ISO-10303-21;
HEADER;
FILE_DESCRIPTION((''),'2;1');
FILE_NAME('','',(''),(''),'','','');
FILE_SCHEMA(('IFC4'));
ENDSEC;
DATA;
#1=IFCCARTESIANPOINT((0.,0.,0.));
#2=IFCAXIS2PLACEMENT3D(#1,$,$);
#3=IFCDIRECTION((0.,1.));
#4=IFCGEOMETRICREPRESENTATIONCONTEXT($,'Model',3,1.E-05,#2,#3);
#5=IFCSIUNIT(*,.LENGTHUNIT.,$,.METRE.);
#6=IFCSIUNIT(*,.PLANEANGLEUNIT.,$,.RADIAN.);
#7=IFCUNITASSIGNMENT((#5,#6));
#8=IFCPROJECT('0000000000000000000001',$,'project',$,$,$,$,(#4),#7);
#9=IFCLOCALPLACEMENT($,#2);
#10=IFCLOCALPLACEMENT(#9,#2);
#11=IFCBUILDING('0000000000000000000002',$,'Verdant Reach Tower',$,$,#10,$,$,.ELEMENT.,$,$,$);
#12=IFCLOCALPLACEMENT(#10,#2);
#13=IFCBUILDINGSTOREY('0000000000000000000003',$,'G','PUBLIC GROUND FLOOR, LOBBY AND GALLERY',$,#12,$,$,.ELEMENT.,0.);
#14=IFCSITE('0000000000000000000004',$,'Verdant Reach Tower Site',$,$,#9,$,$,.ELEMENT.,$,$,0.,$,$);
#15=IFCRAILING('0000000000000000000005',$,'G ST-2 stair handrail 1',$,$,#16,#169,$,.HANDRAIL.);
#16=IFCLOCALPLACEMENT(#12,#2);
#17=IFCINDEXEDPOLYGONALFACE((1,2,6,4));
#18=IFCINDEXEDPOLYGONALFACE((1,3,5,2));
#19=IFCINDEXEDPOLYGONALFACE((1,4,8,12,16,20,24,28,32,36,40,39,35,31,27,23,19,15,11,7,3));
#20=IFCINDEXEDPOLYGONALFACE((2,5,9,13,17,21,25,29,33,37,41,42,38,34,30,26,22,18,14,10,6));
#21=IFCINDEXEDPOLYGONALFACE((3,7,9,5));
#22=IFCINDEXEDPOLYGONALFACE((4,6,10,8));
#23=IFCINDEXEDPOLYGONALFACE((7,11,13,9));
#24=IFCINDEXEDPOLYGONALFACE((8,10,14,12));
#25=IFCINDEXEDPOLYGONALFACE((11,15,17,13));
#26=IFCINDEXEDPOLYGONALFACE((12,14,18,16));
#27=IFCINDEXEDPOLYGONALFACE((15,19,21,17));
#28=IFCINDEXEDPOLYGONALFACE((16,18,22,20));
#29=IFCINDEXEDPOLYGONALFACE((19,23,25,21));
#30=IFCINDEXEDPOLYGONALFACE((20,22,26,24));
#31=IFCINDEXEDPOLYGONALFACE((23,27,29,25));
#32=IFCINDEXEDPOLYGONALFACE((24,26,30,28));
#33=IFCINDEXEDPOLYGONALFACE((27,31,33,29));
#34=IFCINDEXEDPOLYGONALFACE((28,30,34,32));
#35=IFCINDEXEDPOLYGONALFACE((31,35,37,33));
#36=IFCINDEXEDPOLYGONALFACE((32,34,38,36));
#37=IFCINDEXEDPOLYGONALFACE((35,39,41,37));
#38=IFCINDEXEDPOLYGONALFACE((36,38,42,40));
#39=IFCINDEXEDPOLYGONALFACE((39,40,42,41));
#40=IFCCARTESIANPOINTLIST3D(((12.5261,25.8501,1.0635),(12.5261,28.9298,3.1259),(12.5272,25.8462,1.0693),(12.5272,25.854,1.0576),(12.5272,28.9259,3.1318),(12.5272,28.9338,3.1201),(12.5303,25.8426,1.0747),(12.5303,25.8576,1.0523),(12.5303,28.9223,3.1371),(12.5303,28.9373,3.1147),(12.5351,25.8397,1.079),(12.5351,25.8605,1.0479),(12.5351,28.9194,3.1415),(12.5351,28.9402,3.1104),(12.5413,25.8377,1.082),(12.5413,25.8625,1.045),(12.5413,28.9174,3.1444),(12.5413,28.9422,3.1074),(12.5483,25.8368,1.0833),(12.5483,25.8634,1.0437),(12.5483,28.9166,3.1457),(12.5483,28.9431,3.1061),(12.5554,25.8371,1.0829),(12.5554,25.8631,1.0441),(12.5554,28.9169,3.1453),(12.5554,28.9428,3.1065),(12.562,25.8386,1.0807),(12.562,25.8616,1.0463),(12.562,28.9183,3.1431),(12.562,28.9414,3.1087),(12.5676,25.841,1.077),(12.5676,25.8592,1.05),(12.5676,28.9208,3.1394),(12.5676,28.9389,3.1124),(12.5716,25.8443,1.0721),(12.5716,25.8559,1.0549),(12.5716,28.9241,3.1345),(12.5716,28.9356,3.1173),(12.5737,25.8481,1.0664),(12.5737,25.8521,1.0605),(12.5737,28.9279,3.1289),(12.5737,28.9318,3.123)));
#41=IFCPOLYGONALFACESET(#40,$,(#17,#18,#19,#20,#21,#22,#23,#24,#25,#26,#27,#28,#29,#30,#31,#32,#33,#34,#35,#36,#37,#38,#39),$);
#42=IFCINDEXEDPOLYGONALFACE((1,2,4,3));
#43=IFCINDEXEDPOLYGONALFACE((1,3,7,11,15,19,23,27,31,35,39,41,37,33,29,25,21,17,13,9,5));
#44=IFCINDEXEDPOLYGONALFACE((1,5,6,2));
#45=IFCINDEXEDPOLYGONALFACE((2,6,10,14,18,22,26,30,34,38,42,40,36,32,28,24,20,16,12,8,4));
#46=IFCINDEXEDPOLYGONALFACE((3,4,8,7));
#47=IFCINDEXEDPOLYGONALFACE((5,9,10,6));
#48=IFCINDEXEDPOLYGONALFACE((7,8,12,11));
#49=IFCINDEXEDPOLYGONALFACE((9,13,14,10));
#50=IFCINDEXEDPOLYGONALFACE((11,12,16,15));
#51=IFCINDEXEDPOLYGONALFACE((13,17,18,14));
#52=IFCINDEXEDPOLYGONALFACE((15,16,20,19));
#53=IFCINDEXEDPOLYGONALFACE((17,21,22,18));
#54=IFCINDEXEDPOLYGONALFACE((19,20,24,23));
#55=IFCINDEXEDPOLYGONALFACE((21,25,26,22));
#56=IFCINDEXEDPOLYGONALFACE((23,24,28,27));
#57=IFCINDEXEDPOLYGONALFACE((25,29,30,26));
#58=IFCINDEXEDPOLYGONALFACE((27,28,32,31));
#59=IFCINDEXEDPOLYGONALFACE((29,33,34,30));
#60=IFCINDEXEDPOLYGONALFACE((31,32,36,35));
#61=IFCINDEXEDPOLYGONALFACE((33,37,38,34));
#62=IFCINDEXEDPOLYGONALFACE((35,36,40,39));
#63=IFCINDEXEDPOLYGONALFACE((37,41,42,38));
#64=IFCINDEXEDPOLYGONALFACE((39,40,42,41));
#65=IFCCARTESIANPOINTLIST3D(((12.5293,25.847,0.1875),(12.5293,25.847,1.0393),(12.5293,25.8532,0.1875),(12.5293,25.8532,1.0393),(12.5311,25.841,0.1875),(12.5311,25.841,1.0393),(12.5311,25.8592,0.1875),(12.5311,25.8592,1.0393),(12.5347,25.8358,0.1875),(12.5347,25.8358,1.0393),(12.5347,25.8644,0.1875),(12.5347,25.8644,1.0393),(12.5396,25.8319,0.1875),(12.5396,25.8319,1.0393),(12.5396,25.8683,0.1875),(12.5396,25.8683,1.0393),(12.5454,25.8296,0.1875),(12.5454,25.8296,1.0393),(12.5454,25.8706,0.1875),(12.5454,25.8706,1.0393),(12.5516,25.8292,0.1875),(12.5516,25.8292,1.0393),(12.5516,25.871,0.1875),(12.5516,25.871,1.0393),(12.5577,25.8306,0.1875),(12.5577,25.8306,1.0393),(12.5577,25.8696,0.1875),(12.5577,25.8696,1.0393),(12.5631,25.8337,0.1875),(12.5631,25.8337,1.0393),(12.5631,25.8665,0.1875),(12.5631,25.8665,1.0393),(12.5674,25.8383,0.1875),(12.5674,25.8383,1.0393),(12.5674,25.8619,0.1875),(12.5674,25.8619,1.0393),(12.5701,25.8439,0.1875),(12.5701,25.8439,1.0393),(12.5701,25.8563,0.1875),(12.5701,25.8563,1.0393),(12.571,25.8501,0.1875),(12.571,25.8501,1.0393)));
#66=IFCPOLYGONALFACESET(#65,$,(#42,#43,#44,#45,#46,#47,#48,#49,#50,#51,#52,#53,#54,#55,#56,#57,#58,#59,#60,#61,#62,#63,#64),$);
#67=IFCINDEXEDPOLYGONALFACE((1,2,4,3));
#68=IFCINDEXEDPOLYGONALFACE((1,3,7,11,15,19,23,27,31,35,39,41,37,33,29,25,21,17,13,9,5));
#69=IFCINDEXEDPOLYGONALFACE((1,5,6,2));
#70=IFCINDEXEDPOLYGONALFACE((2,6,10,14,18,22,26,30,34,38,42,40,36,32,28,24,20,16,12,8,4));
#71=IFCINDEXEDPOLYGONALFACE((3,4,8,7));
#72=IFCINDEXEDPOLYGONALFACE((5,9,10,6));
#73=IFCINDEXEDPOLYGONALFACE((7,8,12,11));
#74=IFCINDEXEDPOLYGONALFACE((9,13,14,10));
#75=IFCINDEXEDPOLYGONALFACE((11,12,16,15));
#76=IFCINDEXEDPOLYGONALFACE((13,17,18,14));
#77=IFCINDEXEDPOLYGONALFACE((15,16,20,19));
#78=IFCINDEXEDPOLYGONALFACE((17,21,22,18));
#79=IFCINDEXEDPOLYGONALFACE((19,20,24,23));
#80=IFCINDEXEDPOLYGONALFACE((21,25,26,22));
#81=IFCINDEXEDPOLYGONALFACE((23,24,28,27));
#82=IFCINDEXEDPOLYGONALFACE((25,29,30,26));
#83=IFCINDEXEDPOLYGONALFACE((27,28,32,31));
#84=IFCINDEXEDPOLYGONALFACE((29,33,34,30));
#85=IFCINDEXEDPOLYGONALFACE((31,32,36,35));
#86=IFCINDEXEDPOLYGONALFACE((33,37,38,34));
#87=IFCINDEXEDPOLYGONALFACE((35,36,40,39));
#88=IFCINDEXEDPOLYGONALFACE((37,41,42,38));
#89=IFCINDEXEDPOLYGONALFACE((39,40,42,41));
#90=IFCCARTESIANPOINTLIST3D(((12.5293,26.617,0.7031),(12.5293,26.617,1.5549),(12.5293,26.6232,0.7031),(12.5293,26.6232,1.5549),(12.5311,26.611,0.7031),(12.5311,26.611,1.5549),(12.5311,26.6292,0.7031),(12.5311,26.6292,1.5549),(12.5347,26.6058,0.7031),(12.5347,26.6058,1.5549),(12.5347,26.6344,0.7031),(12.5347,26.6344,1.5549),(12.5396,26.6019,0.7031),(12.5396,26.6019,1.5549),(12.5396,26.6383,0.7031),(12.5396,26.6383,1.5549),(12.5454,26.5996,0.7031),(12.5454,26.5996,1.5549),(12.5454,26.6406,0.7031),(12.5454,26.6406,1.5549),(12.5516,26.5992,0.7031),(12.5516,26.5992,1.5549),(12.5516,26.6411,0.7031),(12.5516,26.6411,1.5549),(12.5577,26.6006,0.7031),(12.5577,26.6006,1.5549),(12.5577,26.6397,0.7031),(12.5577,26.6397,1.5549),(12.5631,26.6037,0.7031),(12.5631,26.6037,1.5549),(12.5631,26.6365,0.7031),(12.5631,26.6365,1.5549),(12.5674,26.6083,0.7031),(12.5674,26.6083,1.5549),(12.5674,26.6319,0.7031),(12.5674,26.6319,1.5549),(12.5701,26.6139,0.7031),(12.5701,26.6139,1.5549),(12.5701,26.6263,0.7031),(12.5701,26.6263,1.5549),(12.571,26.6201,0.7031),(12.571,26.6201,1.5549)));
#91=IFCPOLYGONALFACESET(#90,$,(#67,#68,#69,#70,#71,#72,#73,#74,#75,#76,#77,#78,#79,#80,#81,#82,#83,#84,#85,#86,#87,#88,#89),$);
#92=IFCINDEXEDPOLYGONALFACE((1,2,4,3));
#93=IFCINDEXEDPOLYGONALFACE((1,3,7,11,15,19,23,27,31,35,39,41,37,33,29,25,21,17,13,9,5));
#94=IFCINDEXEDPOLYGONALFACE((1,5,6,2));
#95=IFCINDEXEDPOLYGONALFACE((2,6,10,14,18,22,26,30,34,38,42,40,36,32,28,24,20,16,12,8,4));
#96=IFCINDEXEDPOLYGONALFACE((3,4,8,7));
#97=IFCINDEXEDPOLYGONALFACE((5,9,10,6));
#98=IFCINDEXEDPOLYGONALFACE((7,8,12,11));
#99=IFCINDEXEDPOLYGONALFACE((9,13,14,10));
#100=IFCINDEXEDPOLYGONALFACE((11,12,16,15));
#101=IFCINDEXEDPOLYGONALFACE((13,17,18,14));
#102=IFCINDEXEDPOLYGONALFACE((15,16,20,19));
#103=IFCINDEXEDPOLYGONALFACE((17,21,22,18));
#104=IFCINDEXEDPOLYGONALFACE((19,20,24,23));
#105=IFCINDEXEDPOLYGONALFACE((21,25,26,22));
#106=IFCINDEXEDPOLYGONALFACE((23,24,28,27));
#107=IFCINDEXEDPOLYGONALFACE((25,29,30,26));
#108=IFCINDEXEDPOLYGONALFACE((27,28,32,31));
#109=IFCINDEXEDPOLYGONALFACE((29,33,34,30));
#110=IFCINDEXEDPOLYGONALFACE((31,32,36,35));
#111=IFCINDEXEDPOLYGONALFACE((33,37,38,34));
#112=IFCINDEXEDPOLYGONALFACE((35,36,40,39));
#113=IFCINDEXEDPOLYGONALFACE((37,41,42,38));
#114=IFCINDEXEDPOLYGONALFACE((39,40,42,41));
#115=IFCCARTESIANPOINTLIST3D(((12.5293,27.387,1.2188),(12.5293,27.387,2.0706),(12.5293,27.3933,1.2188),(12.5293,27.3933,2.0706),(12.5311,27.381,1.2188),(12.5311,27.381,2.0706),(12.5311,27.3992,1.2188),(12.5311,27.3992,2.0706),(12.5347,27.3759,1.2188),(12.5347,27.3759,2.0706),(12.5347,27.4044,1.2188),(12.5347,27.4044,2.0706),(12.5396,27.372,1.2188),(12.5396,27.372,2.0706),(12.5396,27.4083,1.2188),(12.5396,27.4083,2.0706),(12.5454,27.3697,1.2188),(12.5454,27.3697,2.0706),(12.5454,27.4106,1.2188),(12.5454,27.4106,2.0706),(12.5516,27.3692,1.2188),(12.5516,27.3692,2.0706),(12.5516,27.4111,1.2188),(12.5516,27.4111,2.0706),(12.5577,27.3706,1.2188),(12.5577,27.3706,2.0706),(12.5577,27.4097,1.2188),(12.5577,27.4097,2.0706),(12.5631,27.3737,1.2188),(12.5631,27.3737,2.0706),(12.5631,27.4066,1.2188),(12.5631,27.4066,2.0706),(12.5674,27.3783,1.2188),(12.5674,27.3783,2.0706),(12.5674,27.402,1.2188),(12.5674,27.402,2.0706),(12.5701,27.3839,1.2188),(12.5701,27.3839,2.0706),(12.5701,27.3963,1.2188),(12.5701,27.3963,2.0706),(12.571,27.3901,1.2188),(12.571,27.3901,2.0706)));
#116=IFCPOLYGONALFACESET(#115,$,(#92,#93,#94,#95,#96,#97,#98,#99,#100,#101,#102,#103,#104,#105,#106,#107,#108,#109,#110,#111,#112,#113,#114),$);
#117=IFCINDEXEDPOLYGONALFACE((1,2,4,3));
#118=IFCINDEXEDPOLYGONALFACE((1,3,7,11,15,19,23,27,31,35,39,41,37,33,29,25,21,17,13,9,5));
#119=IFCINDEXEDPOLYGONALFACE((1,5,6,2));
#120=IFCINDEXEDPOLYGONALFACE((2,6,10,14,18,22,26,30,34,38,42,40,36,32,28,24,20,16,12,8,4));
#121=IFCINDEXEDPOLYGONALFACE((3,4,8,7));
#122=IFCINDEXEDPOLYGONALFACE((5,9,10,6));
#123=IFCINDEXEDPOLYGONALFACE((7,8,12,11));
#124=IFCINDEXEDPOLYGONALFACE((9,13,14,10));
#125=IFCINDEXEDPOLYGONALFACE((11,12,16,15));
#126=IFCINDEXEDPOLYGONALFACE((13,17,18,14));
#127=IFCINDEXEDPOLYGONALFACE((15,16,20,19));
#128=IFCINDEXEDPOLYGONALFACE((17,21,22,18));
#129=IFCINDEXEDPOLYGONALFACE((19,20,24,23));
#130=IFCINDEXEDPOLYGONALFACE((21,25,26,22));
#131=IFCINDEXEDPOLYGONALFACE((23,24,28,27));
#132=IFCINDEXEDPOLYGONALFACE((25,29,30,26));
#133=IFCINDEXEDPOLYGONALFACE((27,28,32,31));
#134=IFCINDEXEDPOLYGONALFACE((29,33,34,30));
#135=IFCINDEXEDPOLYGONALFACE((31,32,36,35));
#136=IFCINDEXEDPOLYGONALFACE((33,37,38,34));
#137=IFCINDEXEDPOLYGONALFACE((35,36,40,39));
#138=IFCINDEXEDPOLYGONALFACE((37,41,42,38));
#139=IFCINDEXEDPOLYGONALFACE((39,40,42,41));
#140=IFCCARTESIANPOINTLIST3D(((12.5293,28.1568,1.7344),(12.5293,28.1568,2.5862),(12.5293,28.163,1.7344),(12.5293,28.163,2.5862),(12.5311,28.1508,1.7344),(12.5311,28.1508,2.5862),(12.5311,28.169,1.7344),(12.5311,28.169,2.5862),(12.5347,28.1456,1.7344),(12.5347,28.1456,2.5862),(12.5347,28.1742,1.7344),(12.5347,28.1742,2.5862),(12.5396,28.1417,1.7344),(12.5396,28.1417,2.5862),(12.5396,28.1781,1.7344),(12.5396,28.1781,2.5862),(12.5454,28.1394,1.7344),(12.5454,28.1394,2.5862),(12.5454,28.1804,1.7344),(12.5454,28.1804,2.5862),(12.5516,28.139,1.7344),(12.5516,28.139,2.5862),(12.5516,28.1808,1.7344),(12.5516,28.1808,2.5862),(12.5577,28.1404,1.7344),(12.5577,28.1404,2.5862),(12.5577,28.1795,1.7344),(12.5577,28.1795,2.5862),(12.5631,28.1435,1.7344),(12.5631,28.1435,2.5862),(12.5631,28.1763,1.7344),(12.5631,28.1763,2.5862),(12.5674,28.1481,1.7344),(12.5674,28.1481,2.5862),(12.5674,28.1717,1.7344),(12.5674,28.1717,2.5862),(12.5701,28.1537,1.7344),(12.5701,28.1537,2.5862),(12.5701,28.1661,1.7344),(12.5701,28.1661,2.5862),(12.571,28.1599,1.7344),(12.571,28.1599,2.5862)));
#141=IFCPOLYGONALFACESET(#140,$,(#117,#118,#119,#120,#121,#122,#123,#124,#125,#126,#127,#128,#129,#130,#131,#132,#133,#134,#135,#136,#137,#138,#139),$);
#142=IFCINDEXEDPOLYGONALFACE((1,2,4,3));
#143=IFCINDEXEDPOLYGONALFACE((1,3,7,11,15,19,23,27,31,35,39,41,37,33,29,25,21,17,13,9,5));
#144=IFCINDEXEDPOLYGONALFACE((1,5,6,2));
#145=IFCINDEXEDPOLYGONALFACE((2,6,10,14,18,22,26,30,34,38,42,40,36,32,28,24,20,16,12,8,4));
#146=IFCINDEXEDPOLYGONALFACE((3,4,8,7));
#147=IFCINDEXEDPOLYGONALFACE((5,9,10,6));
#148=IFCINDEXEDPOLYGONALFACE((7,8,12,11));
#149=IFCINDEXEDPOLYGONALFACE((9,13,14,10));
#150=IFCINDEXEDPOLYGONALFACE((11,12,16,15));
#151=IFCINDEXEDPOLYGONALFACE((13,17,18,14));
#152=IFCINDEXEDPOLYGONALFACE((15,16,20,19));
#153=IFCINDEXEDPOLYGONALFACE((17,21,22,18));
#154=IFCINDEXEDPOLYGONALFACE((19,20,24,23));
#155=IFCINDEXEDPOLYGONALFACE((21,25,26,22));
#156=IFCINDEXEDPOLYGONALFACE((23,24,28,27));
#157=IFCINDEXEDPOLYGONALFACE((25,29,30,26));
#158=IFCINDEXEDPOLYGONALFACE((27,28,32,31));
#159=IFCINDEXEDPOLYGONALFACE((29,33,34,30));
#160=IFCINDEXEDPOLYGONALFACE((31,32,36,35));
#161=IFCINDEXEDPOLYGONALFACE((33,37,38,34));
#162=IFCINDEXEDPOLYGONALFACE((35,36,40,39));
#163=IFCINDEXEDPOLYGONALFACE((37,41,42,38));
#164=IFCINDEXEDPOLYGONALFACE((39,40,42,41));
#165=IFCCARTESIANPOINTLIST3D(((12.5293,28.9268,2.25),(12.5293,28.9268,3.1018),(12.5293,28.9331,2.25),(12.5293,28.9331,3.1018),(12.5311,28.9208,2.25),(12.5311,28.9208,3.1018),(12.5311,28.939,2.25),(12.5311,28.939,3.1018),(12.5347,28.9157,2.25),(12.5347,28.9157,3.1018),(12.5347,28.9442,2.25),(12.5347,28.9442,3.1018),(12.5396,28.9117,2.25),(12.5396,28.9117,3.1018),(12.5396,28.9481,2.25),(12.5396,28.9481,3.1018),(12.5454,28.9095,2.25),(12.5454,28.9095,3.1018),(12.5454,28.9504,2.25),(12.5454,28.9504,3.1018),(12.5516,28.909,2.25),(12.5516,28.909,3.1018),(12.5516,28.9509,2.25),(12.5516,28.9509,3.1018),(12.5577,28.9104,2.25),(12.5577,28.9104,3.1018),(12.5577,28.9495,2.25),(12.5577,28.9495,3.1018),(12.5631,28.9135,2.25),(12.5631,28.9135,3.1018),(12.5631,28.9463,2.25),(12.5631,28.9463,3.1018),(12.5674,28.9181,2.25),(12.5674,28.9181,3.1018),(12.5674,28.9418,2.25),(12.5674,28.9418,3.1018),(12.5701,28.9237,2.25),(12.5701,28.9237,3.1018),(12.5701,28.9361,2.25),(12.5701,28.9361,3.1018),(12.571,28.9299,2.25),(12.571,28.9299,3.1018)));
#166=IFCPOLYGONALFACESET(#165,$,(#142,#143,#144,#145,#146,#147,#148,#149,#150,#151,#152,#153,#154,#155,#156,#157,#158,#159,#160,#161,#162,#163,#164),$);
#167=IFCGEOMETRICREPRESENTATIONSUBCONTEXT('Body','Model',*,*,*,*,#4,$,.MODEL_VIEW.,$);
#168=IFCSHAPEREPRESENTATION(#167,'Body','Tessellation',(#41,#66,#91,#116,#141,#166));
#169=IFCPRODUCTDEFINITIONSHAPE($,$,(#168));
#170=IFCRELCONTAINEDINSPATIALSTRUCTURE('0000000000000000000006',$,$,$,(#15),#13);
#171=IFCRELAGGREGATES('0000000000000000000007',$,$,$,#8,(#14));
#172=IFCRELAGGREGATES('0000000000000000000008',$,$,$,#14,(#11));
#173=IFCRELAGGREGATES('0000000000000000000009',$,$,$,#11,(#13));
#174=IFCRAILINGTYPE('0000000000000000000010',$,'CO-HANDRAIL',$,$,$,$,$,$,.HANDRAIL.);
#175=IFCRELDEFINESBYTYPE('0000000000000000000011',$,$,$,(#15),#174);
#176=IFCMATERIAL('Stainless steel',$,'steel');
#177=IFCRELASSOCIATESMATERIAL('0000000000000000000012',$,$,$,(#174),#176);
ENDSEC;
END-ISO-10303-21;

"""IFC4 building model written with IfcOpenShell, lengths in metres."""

from ifc_helpers import new_model, si_unit, direction, frame, origin, origin_2d, place, context, subcontext, project, spatial, circle, extrude, material, type_object, element, save


model = new_model("IFC4")

# Units and contexts
model_context = context("Model", 3, precision=1e-05, world=origin(), true_north=direction((0.0, 1.0)))
body_context = subcontext(model_context, "Body", "Model", "MODEL_VIEW")
ifc_project = project(units=[si_unit("LENGTHUNIT", "METRE"), si_unit("PLANEANGLEUNIT", "RADIAN")], contexts=[model_context])

# Site, building, storey
site_placement = place(None, origin())
site = spatial("IfcSite", under=ifc_project, at=site_placement, Name="Verdant Reach Tower Site", CompositionType="ELEMENT", RefElevation=0.0)
building_placement = place(site_placement, origin())
building = spatial("IfcBuilding", under=site, at=building_placement, Name="Verdant Reach Tower", CompositionType="ELEMENT")
storey_placement = place(building_placement, origin())
storey = spatial("IfcBuildingStorey", under=building, at=storey_placement, Name="G", Description="PUBLIC GROUND FLOOR, LOBBY AND GALLERY", CompositionType="ELEMENT", Elevation=0.0)

# Railing
ifc_material_1 = material(Name="Stainless steel", Category="steel")
railing_type_1 = type_object("IfcRailingType", Name="CO-HANDRAIL", PredefinedType="HANDRAIL", material=ifc_material_1)
railing_1_placement = place(storey_placement, frame((12.55, 25.8501, 0.1875)))
element("IfcRailing", 1, at=railing_1_placement, inside=storey, type_object=railing_type_1, Name="G ST-2 stair handrail 1", PredefinedType="HANDRAIL", context=body_context, shape_type="SweptSolid", body=[
    extrude(circle(Radius=0.0239, at=origin_2d()), frame((0.0, 0.0, 0.876), z_axis=(0.0, 0.830893, 0.556432), x_axis=(-1.0, 0.0, 0.0)), (0.0, 0.0, 1.0), 3.7065),
    extrude(circle(Radius=0.021, at=origin_2d()), origin(), (0.0, 0.0, 1.0), 0.8518),
    extrude(circle(Radius=0.021, at=origin_2d()), frame((0.0, 0.77, 0.5156)), (0.0, 0.0, 1.0), 0.8518),
    extrude(circle(Radius=0.021, at=origin_2d()), frame((0.0, 1.54, 1.0312)), (0.0, 0.0, 1.0), 0.8518),
    extrude(circle(Radius=0.021, at=origin_2d()), frame((0.0, 2.3098, 1.5469)), (0.0, 0.0, 1.0), 0.8518),
    extrude(circle(Radius=0.021, at=origin_2d()), frame((0.0, 3.0798, 2.0625)), (0.0, 0.0, 1.0), 0.8518),
])

save(model, "model.ifc")
